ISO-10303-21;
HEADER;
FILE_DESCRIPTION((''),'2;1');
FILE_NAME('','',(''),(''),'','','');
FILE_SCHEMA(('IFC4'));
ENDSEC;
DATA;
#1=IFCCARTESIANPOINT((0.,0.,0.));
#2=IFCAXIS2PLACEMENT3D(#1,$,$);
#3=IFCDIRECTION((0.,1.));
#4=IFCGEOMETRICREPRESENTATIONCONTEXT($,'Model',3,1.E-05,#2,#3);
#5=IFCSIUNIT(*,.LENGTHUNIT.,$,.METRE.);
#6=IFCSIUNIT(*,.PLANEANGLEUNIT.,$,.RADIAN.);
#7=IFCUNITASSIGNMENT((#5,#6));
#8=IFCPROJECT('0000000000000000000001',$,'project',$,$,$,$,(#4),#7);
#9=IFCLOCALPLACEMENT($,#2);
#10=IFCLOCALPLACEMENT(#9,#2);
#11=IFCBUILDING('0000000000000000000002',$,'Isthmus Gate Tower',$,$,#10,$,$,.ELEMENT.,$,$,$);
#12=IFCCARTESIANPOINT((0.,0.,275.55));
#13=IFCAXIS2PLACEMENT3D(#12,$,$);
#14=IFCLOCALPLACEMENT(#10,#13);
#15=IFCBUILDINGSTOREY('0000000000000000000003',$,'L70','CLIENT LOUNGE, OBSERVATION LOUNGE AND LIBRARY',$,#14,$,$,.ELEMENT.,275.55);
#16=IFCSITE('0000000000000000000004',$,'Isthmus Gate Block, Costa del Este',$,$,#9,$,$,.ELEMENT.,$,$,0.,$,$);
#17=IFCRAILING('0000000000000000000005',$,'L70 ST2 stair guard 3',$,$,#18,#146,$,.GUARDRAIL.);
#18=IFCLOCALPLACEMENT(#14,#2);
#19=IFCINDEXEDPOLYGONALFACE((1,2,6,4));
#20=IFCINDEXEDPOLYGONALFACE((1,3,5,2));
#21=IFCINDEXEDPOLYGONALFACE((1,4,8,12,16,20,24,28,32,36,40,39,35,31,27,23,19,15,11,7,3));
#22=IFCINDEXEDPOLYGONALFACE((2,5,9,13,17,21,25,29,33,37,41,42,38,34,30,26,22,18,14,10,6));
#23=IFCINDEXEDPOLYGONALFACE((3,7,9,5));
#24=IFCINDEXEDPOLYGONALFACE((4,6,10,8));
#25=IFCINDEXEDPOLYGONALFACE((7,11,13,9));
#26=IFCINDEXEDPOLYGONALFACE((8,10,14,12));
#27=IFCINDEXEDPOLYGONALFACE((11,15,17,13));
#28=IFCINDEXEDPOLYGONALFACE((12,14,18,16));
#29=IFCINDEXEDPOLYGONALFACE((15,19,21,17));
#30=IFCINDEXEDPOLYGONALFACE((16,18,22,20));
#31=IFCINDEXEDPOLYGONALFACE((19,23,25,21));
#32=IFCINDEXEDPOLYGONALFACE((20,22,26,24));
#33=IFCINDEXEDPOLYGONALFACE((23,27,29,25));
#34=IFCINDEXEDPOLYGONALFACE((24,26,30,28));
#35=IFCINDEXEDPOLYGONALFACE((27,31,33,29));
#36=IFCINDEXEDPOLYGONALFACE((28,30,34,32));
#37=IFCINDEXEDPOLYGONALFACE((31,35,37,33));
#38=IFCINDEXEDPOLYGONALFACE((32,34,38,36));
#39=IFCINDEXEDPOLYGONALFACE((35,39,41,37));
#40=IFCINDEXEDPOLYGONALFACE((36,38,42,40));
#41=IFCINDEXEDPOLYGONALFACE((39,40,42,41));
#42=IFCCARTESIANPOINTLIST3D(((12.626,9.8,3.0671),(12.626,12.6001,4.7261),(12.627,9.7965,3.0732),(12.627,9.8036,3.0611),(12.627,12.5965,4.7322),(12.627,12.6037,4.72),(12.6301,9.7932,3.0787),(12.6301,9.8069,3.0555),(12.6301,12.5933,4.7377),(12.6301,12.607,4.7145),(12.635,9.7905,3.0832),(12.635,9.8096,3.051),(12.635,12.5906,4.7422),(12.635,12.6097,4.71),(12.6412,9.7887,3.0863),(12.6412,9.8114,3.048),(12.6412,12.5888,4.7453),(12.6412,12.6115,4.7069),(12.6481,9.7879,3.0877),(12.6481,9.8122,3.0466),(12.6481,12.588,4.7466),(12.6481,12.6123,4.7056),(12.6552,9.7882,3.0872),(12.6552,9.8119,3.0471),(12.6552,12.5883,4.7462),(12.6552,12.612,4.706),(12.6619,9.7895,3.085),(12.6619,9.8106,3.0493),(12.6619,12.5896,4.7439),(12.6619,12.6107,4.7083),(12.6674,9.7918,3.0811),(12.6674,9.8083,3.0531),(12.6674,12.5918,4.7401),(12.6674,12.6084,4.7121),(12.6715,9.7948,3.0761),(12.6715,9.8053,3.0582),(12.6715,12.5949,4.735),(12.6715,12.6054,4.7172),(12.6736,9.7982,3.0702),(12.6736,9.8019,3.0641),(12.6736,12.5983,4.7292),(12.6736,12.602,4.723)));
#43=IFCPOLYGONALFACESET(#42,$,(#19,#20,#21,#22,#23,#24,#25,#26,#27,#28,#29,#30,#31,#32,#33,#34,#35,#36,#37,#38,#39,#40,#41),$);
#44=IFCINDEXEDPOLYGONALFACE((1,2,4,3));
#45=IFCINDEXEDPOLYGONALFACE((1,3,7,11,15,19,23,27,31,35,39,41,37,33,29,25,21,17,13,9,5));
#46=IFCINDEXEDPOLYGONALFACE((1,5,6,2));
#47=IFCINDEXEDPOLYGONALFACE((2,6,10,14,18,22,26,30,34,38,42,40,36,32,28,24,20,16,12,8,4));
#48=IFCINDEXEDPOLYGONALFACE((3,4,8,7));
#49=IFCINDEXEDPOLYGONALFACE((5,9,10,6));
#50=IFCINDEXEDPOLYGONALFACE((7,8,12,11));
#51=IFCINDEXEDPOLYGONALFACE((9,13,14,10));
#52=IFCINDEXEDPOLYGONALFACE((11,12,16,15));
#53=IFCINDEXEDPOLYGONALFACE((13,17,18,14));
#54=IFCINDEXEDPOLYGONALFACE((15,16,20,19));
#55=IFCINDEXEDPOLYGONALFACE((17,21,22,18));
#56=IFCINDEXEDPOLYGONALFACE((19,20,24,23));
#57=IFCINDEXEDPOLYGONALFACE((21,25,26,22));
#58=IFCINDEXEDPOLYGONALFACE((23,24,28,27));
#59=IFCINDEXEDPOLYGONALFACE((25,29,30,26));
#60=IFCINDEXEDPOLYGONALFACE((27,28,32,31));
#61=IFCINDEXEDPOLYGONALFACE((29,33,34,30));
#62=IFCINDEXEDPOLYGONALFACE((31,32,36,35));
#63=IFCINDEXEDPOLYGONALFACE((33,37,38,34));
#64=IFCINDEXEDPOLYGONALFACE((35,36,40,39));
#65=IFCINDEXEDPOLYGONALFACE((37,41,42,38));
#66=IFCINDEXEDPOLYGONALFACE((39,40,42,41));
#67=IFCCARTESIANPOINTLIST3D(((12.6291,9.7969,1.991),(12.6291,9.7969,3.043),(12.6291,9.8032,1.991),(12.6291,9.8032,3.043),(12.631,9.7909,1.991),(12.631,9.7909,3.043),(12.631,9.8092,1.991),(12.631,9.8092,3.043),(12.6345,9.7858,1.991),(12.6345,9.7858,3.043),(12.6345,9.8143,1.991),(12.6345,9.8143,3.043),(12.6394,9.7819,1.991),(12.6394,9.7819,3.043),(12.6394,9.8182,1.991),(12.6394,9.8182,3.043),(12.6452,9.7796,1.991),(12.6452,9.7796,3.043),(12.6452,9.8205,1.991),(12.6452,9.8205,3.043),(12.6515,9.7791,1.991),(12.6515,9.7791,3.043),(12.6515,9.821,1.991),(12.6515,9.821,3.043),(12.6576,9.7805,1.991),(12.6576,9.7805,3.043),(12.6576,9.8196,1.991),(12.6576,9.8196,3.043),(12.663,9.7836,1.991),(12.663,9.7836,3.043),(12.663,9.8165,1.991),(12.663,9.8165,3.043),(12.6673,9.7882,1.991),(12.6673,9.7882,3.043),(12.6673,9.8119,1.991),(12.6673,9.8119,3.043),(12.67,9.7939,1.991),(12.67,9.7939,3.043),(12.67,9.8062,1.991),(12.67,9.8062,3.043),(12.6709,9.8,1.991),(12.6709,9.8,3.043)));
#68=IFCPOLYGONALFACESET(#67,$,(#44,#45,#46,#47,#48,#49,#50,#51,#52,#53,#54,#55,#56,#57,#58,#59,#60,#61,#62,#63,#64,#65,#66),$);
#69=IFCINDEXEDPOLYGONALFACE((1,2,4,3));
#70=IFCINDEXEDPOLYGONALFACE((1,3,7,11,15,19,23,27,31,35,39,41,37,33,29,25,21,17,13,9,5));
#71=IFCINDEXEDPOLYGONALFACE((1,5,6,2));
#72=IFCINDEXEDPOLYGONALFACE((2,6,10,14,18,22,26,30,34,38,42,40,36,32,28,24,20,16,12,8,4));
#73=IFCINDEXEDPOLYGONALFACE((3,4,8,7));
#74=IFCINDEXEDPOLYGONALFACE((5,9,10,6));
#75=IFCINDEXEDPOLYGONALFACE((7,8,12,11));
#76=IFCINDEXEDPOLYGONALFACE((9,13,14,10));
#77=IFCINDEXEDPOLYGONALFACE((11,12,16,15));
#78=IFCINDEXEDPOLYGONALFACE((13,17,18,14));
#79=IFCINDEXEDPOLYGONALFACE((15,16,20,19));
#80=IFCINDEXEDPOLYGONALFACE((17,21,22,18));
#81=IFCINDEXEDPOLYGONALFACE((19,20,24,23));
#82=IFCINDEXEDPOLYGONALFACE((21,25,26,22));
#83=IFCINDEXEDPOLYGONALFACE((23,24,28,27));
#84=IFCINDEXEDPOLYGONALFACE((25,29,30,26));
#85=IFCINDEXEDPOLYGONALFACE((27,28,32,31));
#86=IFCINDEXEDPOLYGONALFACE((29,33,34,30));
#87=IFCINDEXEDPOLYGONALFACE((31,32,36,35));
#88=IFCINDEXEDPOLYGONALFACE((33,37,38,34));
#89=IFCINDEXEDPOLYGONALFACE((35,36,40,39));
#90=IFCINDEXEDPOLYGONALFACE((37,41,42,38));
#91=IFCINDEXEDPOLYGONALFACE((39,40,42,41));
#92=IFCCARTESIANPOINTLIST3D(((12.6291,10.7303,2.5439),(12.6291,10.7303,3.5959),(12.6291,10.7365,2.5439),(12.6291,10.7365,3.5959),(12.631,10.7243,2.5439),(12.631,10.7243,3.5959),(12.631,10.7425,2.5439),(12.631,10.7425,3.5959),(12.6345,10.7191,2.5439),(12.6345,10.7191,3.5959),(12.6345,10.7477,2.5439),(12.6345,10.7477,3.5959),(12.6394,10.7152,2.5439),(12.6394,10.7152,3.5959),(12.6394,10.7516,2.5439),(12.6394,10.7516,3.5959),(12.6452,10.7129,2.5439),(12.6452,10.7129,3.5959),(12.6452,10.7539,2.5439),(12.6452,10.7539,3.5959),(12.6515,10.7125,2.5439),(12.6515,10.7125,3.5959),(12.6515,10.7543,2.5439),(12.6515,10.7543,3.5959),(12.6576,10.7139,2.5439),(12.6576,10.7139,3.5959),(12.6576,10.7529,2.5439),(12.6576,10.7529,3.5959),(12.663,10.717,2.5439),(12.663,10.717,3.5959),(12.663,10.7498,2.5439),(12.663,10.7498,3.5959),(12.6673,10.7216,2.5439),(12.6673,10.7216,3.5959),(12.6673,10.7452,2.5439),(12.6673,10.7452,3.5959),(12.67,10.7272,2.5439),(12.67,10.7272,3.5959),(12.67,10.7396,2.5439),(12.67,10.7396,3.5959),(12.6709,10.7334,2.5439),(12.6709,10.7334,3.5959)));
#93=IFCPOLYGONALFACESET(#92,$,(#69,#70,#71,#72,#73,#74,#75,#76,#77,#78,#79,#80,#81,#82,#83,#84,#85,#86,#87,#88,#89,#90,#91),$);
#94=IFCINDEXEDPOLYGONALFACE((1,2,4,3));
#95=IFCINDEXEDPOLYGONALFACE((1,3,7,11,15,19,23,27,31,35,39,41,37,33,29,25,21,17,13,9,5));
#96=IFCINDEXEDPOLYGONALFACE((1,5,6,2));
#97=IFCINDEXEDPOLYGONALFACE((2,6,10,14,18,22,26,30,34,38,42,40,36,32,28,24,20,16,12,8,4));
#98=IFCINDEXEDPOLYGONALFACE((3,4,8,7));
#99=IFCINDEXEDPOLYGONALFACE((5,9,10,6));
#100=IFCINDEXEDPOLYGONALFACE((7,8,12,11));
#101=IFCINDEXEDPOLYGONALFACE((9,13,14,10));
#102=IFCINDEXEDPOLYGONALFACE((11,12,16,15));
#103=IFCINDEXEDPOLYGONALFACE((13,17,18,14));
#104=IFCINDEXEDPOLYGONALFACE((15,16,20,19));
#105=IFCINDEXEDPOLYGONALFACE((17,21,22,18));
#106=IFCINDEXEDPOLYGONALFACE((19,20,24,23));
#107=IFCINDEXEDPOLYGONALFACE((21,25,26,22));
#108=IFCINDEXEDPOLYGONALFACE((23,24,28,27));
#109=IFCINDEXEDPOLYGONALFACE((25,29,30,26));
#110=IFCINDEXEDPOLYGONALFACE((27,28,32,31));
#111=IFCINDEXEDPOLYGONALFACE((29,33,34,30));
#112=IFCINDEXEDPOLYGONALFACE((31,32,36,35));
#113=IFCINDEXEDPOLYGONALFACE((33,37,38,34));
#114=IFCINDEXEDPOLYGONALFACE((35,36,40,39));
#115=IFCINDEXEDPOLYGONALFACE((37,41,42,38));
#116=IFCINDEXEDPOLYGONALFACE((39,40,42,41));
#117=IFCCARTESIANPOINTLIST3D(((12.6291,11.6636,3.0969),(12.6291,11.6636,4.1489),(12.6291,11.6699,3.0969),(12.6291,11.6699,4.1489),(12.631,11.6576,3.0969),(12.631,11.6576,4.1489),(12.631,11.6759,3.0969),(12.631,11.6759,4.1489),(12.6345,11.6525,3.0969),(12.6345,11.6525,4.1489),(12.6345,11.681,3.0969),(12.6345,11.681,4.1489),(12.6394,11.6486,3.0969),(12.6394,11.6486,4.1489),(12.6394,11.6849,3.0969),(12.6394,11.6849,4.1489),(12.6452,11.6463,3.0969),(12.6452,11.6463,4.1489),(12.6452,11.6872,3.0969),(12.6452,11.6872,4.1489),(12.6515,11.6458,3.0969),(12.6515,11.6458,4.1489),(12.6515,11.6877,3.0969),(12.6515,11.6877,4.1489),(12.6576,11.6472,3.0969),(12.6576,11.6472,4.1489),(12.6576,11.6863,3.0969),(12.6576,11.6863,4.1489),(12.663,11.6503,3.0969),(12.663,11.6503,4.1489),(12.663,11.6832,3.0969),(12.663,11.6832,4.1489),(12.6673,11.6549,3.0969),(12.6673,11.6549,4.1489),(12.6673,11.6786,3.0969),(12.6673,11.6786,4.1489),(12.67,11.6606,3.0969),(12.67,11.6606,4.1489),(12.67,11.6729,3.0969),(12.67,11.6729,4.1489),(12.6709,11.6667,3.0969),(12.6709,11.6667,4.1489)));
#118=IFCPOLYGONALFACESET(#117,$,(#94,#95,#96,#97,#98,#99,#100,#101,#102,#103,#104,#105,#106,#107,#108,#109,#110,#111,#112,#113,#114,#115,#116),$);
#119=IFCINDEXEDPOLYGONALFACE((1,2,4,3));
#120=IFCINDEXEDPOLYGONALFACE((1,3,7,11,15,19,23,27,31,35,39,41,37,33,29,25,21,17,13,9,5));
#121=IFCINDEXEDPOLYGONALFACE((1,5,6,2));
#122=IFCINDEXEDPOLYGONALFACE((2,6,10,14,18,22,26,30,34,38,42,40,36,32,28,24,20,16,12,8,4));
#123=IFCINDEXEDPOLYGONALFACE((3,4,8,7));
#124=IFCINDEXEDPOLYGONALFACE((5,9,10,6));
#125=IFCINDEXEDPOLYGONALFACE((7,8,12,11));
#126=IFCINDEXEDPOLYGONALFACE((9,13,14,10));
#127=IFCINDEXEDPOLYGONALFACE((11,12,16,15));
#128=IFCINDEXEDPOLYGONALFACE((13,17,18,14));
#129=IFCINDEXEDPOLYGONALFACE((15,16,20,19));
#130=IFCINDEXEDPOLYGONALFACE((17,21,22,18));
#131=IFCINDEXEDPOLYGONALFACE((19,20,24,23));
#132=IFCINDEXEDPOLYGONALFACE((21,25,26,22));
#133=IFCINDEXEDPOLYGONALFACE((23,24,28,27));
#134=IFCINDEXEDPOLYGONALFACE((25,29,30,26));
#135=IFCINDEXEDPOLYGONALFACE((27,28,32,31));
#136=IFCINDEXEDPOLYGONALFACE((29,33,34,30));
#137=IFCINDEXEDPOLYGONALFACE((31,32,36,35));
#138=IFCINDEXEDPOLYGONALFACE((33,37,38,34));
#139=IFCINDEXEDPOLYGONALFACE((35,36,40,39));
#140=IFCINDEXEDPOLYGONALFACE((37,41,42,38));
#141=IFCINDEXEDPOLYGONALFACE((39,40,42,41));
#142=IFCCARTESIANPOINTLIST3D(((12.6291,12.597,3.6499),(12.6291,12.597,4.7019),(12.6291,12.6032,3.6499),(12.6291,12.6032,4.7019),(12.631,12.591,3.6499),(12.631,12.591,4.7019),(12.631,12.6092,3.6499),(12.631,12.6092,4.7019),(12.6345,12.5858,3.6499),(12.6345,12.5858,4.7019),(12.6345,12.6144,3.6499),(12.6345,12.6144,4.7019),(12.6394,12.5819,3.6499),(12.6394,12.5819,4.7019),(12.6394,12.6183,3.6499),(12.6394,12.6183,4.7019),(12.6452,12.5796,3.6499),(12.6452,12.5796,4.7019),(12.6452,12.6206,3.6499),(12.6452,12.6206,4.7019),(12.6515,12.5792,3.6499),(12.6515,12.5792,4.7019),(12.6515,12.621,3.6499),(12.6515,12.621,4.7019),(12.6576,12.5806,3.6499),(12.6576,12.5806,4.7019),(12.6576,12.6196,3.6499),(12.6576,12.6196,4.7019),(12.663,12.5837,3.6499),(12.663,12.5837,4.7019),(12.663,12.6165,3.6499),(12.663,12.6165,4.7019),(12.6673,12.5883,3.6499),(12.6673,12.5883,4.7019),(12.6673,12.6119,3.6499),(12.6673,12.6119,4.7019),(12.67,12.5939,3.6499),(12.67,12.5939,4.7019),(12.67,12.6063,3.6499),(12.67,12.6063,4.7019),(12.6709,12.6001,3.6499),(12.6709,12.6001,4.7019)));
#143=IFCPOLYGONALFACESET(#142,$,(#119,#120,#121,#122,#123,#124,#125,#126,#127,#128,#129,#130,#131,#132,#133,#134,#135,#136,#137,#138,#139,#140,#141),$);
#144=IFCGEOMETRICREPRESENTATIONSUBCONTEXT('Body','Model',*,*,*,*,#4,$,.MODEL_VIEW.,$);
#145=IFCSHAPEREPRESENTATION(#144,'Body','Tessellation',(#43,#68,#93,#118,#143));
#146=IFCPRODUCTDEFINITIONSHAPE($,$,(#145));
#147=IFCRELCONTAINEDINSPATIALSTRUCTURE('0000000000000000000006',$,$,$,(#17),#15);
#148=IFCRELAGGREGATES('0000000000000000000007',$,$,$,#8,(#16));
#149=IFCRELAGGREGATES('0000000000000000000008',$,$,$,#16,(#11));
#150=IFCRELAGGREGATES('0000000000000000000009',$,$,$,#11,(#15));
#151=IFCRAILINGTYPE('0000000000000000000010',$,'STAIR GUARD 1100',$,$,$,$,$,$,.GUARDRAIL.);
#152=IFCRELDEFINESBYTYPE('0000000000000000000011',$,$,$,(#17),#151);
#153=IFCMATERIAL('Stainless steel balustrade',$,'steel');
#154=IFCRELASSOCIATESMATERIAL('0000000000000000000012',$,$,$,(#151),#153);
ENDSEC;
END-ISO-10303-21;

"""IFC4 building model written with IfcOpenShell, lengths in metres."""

from ifc_helpers import new_model, si_unit, direction, frame, origin, origin_2d, place, context, subcontext, project, spatial, circle, extrude, material, type_object, element, save


model = new_model("IFC4")

# Units and contexts
model_context = context("Model", 3, precision=1e-05, world=origin(), true_north=direction((0.0, 1.0)))
body_context = subcontext(model_context, "Body", "Model", "MODEL_VIEW")
ifc_project = project(units=[si_unit("LENGTHUNIT", "METRE"), si_unit("PLANEANGLEUNIT", "RADIAN")], contexts=[model_context])

# Site, building, storey
site_placement = place(None, origin())
site = spatial("IfcSite", under=ifc_project, at=site_placement, Name="Isthmus Gate Block, Costa del Este", CompositionType="ELEMENT", RefElevation=0.0)
building_placement = place(site_placement, origin())
building = spatial("IfcBuilding", under=site, at=building_placement, Name="Isthmus Gate Tower", CompositionType="ELEMENT")
storey_placement = place(building_placement, frame((0.0, 0.0, 275.55)))
storey = spatial("IfcBuildingStorey", under=building, at=storey_placement, Name="L70", Description="CLIENT LOUNGE, OBSERVATION LOUNGE AND LIBRARY", CompositionType="ELEMENT", Elevation=275.55)

# Railing
ifc_material_1 = material(Name="Stainless steel balustrade", Category="steel")
railing_type_1 = type_object("IfcRailingType", Name="STAIR GUARD 1100", PredefinedType="GUARDRAIL", material=ifc_material_1)
railing_1_placement = place(storey_placement, frame((12.6499, 9.8, 1.991)))
element("IfcRailing", 1, at=railing_1_placement, inside=storey, type_object=railing_type_1, Name="L70 ST2 stair guard 3", PredefinedType="GUARDRAIL", context=body_context, shape_type="SweptSolid", body=[
    extrude(circle(Radius=0.0239, at=origin_2d()), frame((0.0, 0.0, 1.0762), z_axis=(0.0, 0.860339, 0.509722), x_axis=(-1.0, 0.0, 0.0)), (0.0, 0.0, 1.0), 3.2546),
    extrude(circle(Radius=0.021, at=origin_2d()), origin(), (0.0, 0.0, 1.0), 1.052),
    extrude(circle(Radius=0.021, at=origin_2d()), frame((0.0, 0.9333, 0.553)), (0.0, 0.0, 1.0), 1.052),
    extrude(circle(Radius=0.021, at=origin_2d()), frame((0.0, 1.8667, 1.106)), (0.0, 0.0, 1.0), 1.052),
    extrude(circle(Radius=0.021, at=origin_2d()), frame((0.0, 2.8, 1.6589)), (0.0, 0.0, 1.0), 1.052),
])

save(model, "model.ifc")
